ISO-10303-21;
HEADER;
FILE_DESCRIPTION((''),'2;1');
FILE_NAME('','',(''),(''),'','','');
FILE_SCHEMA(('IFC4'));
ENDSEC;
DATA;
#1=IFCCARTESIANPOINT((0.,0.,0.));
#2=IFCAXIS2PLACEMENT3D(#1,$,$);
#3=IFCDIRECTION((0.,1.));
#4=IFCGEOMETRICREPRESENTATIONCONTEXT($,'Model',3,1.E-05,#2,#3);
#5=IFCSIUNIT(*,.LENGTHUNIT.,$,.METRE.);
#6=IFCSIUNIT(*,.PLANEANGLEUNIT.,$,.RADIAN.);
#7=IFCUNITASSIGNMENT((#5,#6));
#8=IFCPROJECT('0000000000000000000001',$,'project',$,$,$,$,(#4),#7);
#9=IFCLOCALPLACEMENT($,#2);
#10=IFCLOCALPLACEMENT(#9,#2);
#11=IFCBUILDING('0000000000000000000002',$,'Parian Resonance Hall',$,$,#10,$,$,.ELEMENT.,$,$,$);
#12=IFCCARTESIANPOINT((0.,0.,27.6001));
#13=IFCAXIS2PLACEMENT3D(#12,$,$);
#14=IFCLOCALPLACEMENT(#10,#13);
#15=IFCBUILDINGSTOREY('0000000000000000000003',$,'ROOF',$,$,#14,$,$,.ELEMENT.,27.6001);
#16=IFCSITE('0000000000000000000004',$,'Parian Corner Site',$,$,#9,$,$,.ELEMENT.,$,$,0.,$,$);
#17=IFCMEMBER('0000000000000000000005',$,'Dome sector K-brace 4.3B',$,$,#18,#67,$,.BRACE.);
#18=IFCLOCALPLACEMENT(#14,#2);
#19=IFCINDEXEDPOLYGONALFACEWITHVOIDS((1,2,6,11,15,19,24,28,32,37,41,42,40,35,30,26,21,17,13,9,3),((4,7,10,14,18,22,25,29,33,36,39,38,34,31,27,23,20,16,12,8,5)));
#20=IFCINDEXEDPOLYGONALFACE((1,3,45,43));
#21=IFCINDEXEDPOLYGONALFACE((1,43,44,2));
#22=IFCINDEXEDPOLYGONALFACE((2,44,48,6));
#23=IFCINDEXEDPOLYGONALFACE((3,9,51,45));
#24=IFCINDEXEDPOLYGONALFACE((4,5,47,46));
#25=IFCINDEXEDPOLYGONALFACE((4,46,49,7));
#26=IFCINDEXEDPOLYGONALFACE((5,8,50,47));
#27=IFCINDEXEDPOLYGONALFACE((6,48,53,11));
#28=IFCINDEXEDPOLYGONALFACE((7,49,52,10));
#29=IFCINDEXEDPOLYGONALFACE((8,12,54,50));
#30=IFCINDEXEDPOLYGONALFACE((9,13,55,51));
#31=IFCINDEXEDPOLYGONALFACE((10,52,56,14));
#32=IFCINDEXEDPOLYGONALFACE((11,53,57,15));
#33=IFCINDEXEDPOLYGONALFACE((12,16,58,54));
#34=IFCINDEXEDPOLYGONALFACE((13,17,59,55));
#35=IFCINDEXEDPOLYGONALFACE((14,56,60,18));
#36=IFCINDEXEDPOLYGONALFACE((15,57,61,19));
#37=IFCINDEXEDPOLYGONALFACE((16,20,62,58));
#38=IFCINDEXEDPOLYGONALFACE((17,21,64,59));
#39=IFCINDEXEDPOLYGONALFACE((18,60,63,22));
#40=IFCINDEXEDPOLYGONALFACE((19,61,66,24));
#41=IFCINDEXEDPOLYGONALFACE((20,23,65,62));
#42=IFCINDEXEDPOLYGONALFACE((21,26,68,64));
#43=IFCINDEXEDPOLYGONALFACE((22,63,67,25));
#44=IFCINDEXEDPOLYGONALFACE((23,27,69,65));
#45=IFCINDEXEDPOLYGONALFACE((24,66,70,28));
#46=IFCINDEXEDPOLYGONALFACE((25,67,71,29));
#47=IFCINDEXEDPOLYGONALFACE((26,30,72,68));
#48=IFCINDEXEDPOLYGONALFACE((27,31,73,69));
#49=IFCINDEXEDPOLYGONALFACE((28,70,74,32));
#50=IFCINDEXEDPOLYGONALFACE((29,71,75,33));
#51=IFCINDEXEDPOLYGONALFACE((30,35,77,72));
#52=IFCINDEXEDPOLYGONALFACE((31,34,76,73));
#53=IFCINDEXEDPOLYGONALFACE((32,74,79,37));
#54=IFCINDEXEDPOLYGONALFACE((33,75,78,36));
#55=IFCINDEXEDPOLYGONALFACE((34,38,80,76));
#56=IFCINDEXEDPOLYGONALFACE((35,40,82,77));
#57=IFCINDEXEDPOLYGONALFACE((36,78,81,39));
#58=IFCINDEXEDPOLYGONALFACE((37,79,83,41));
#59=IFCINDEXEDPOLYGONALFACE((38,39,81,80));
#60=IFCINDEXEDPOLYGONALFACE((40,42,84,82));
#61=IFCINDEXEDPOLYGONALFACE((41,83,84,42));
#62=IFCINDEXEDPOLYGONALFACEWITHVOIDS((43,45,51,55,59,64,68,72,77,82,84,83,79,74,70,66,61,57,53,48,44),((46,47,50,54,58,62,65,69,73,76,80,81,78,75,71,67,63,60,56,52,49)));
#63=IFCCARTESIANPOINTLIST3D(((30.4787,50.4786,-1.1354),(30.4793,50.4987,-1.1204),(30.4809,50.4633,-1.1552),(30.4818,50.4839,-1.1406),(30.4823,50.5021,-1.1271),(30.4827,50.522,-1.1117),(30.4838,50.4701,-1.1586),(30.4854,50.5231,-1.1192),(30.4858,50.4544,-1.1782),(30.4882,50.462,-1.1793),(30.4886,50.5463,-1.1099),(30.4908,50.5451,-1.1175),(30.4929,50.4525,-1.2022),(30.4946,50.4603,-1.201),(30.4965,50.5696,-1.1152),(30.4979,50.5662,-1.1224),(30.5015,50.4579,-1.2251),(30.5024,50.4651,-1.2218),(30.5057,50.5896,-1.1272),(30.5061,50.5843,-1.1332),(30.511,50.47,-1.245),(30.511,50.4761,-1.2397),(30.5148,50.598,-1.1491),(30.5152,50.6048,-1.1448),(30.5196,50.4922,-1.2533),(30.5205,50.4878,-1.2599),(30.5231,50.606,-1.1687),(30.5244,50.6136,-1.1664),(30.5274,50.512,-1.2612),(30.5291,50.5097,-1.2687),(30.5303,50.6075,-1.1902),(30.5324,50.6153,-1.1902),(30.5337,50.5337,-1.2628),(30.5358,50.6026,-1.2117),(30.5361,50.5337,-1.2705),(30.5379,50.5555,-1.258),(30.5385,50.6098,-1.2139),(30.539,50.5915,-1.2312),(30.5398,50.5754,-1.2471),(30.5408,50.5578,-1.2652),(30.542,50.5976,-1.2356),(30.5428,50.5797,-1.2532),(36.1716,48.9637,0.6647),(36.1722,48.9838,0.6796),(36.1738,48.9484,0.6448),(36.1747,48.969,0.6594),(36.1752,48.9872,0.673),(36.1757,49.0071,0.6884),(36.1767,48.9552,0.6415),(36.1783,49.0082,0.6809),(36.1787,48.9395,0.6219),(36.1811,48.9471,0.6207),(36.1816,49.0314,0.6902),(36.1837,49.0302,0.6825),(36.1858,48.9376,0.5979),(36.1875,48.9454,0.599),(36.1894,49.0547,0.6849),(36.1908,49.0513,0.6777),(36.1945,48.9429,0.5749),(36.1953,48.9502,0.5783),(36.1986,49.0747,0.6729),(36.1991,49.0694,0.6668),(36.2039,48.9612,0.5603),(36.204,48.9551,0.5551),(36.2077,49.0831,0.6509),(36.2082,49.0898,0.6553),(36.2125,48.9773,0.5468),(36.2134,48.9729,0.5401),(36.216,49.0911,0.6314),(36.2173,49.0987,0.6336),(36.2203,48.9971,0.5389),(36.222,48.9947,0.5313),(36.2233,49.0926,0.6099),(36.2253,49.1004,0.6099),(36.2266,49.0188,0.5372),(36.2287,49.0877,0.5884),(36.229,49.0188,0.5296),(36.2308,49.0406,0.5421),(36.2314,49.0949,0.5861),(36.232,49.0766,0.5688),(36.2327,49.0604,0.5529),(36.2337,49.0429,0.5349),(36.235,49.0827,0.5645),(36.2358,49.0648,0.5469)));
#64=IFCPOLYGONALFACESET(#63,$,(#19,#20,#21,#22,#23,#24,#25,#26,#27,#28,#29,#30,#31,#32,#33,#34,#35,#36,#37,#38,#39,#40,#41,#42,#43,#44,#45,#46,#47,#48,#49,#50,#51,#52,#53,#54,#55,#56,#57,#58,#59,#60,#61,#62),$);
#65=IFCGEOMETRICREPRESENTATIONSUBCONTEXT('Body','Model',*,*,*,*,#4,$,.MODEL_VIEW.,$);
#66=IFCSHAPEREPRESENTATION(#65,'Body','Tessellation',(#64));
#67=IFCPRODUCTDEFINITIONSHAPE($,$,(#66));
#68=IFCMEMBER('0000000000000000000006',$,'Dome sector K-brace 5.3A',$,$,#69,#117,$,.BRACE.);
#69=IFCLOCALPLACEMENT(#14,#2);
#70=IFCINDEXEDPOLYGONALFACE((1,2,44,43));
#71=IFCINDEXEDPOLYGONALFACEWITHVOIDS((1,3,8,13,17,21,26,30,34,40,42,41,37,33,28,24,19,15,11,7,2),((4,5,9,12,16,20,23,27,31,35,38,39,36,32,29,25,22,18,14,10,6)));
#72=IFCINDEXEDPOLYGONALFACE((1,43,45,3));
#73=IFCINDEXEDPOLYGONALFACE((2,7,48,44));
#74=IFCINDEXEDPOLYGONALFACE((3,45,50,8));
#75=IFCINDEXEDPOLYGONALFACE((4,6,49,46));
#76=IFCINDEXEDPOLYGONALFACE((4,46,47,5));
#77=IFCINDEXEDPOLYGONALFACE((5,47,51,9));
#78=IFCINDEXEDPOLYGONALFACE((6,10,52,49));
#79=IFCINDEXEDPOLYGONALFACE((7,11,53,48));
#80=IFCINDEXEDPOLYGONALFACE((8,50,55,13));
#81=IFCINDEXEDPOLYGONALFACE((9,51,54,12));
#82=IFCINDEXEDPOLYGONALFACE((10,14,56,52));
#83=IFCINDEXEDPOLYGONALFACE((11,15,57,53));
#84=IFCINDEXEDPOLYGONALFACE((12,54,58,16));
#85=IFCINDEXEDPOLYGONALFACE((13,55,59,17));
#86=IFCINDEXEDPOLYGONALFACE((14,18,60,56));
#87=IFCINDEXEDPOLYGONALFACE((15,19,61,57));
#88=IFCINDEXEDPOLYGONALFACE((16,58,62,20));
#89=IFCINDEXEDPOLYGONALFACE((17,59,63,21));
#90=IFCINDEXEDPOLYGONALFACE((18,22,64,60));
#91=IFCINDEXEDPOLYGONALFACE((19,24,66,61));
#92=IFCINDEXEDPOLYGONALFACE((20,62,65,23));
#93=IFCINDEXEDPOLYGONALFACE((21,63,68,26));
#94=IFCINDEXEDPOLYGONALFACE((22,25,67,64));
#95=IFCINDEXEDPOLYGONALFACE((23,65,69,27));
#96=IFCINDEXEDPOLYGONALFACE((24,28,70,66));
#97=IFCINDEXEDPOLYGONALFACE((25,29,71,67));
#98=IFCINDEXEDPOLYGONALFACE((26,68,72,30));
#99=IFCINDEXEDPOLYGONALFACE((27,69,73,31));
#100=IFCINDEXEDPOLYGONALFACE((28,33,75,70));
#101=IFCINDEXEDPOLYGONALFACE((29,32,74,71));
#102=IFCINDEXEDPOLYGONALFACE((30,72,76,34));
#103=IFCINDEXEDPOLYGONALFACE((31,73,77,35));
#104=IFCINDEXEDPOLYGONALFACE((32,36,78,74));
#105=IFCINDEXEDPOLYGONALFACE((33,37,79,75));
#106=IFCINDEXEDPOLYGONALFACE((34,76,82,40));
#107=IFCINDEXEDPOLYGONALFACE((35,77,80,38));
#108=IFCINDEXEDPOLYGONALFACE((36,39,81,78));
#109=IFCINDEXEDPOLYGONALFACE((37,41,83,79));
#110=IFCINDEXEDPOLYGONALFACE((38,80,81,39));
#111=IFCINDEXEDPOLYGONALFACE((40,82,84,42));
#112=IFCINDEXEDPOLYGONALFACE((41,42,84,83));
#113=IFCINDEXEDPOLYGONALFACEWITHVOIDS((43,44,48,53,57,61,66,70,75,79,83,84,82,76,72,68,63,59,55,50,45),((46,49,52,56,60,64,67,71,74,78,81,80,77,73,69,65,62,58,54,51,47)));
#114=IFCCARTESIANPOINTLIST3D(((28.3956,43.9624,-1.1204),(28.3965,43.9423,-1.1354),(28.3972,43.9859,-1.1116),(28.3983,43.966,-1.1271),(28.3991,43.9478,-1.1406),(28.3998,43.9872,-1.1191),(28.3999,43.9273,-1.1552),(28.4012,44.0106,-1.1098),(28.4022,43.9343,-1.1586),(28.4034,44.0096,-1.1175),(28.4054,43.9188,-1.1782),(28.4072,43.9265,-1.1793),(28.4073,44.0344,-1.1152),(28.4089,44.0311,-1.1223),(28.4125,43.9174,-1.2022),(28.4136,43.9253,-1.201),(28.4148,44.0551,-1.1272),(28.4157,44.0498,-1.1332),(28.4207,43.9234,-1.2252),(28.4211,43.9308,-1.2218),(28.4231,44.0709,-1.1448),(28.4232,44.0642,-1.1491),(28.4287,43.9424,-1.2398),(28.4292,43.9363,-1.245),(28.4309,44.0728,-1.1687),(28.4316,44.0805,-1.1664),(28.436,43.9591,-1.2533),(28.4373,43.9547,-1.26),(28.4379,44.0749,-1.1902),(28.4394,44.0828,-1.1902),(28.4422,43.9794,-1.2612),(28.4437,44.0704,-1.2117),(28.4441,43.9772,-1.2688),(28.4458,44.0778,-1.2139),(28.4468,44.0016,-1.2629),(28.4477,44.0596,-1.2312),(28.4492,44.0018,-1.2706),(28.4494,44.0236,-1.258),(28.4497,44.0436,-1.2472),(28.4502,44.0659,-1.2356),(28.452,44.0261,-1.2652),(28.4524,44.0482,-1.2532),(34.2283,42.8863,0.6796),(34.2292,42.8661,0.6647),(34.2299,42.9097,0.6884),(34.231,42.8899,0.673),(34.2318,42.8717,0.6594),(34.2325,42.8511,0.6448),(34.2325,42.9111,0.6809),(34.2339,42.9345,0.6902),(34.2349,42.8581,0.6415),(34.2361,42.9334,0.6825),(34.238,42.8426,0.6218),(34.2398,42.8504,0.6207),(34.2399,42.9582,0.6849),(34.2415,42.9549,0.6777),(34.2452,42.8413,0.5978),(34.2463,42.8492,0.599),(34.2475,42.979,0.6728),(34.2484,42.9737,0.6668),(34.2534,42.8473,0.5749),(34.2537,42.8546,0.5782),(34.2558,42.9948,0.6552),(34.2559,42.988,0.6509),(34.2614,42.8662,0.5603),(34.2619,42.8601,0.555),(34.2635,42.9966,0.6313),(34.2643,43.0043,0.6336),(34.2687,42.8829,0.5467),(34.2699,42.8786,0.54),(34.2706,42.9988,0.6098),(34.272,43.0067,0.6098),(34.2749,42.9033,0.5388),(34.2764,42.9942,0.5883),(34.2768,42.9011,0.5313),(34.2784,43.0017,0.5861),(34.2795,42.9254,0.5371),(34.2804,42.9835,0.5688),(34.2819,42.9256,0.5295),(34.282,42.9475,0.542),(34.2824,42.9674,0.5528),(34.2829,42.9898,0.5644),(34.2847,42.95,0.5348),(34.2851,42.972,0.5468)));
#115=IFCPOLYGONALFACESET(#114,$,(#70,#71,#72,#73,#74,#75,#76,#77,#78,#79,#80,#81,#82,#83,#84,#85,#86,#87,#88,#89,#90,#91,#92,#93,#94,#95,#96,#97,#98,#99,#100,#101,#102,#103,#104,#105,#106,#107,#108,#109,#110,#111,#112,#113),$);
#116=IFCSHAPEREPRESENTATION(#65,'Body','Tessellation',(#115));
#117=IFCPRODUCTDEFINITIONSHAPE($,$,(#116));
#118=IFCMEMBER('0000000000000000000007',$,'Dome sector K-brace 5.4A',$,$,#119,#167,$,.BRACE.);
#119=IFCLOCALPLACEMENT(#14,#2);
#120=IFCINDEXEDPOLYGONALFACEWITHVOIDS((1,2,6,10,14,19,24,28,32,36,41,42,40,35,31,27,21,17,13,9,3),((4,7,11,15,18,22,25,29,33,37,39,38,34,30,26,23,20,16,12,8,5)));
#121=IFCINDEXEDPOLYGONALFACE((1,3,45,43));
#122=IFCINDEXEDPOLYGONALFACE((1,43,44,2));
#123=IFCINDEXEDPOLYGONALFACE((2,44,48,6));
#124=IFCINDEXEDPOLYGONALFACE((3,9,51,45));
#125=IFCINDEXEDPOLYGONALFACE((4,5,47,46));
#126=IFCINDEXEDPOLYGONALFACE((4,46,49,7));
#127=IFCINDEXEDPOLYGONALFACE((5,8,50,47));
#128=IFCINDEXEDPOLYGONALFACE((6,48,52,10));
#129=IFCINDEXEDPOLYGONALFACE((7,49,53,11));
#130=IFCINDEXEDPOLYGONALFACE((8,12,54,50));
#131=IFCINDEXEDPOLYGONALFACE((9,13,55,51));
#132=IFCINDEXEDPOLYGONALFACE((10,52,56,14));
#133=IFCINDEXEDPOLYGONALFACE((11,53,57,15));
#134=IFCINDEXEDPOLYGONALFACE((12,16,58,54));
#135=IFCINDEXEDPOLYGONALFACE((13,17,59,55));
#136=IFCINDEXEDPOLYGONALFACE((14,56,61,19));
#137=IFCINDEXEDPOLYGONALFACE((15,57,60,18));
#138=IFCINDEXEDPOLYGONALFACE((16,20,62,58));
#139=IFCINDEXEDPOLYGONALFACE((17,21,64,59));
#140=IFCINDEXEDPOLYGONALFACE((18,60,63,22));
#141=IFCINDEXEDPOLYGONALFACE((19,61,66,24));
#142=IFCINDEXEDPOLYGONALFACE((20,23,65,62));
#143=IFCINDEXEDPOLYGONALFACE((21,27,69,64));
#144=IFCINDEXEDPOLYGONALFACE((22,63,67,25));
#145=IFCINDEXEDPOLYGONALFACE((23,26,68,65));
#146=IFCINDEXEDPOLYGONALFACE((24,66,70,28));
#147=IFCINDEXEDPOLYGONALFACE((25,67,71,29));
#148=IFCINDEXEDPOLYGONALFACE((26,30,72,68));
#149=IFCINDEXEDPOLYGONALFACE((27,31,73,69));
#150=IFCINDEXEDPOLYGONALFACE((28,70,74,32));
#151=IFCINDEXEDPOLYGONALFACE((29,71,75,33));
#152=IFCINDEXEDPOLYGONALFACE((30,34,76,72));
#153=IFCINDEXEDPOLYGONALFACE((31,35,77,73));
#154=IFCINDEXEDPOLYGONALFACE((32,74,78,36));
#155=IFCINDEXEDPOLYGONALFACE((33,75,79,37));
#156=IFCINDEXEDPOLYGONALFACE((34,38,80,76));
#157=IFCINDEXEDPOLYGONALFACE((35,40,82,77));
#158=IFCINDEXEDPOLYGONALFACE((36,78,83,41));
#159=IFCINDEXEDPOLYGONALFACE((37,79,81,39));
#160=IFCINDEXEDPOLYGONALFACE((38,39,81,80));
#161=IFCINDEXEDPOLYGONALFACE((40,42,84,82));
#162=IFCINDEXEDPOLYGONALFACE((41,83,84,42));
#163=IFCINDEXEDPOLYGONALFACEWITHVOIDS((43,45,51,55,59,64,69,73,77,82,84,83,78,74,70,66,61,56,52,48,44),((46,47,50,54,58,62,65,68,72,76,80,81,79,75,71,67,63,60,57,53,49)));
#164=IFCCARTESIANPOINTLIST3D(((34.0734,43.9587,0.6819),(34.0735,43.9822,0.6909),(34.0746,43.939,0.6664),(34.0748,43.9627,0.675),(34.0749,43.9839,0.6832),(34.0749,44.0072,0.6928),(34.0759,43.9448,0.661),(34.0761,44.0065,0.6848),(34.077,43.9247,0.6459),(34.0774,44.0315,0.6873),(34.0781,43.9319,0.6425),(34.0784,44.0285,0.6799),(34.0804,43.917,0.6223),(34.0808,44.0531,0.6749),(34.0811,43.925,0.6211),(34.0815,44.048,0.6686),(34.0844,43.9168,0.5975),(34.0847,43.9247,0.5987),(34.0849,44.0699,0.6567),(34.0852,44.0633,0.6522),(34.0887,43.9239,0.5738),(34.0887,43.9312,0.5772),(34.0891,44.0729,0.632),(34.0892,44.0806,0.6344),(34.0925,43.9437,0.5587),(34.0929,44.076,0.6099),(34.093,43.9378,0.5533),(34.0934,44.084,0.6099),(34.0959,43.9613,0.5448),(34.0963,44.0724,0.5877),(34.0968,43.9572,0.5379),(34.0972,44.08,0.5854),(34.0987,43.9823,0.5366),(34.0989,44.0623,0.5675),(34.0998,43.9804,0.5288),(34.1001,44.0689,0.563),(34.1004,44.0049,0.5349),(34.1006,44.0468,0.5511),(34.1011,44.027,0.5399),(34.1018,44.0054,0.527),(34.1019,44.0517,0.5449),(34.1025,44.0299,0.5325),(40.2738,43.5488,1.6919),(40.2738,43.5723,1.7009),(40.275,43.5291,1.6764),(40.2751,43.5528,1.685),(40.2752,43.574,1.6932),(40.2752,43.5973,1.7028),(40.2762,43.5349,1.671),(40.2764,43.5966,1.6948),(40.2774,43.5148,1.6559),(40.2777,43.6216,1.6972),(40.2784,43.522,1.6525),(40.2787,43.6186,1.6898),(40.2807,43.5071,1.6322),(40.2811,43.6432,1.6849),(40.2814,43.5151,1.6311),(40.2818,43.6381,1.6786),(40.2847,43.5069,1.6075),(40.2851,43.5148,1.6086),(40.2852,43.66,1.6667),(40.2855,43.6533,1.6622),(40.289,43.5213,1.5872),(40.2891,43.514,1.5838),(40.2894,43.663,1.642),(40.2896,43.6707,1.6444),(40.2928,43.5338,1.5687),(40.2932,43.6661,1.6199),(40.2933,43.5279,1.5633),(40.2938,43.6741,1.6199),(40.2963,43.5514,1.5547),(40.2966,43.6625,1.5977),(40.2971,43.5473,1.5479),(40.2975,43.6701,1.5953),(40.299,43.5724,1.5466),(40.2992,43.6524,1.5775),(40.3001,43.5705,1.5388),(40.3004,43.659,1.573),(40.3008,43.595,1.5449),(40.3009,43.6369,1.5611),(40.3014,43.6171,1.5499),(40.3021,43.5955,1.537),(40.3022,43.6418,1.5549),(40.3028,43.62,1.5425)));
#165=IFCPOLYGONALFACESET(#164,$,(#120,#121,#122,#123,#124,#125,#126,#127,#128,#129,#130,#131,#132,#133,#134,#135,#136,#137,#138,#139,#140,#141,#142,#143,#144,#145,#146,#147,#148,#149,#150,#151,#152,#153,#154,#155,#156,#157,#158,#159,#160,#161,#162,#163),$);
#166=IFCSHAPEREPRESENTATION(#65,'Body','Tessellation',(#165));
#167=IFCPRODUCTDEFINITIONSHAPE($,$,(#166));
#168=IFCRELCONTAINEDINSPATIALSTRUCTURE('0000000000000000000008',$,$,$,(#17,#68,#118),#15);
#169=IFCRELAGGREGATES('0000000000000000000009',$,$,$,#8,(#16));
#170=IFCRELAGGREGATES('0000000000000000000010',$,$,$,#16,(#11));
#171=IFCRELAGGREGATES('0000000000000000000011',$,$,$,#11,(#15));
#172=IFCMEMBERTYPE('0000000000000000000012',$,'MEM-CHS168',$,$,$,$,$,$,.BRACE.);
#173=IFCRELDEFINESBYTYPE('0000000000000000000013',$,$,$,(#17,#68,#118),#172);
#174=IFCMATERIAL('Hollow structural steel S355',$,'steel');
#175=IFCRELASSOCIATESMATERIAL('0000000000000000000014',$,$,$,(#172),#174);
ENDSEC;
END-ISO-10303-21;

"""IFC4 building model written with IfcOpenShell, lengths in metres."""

from ifc_helpers import new_model, si_unit, direction, frame, origin, origin_2d, place, context, subcontext, project, spatial, hollow_circle, extrude, material, material_profile, profile_set, type_object, element, save


model = new_model("IFC4")

# Units and contexts
model_context = context("Model", 3, precision=1e-05, world=origin(), true_north=direction((0.0, 1.0)))
body_context = subcontext(model_context, "Body", "Model", "MODEL_VIEW")
ifc_project = project(units=[si_unit("LENGTHUNIT", "METRE"), si_unit("PLANEANGLEUNIT", "RADIAN")], contexts=[model_context])

# Site, building, storey
site_placement = place(None, origin())
site = spatial("IfcSite", under=ifc_project, at=site_placement, Name="Parian Corner Site", CompositionType="ELEMENT", RefElevation=0.0)
building_placement = place(site_placement, origin())
building = spatial("IfcBuilding", under=site, at=building_placement, Name="Parian Resonance Hall", CompositionType="ELEMENT")
storey_placement = place(building_placement, frame((0.0, 0.0, 27.6001)))
storey = spatial("IfcBuildingStorey", under=building, at=storey_placement, Name="ROOF", CompositionType="ELEMENT", Elevation=27.6001)

# Members
ifc_material_1 = material(Name="Hollow structural steel S355", Category="steel")
ifc_material_profile_1 = material_profile(ifc_material_1, hollow_circle(Radius=0.0842, WallThickness=0.0081, at=origin_2d()), Name="CHS168.3x8")
ifc_profile_set_1 = profile_set([ifc_material_profile_1], Name="Hollow structural steel S355")
member_type_1 = type_object("IfcMemberType", Name="MEM-CHS168", PredefinedType="BRACE", material=ifc_profile_set_1)
member_1_placement = place(storey_placement, frame((30.5107, 50.5339, -1.1902), z_axis=(0.924189, -0.24593, 0.292222), x_axis=(0.257154, 0.96637, 0.0)))
element("IfcMember", 1, at=member_1_placement, inside=storey, type_object=member_type_1, Name="Dome sector K-brace 4.3B", PredefinedType="BRACE", context=body_context, shape_type="SweptSolid", body=[
    extrude(hollow_circle(Radius=0.0842, WallThickness=0.0081, at=origin_2d()), origin(), (0.0, 0.0, 1.0), 6.1599),
])
member_2_placement = place(storey_placement, frame((28.4241, 44.0, -1.1902), z_axis=(0.94102, -0.173623, 0.290408), x_axis=(0.181442, 0.983402, 0.0)))
element("IfcMember", 2, at=member_2_placement, inside=storey, type_object=member_type_1, Name="Dome sector K-brace 5.3A", PredefinedType="BRACE", context=body_context, shape_type="SweptSolid", body=[
    extrude(hollow_circle(Radius=0.0842, WallThickness=0.0081, at=origin_2d()), origin(), (0.0, 0.0, 1.0), 6.1982),
])
member_3_placement = place(storey_placement, frame((34.0879, 44.0, 0.6099), z_axis=(0.984897, -0.065112, 0.160433), x_axis=(0.065966, 0.997822, 0.0)))
element("IfcMember", 3, at=member_3_placement, inside=storey, type_object=member_type_1, Name="Dome sector K-brace 5.4A", PredefinedType="BRACE", context=body_context, shape_type="SweptSolid", body=[
    extrude(hollow_circle(Radius=0.0842, WallThickness=0.0081, at=origin_2d()), origin(), (0.0, 0.0, 1.0), 6.2954),
])

save(model, "model.ifc")
